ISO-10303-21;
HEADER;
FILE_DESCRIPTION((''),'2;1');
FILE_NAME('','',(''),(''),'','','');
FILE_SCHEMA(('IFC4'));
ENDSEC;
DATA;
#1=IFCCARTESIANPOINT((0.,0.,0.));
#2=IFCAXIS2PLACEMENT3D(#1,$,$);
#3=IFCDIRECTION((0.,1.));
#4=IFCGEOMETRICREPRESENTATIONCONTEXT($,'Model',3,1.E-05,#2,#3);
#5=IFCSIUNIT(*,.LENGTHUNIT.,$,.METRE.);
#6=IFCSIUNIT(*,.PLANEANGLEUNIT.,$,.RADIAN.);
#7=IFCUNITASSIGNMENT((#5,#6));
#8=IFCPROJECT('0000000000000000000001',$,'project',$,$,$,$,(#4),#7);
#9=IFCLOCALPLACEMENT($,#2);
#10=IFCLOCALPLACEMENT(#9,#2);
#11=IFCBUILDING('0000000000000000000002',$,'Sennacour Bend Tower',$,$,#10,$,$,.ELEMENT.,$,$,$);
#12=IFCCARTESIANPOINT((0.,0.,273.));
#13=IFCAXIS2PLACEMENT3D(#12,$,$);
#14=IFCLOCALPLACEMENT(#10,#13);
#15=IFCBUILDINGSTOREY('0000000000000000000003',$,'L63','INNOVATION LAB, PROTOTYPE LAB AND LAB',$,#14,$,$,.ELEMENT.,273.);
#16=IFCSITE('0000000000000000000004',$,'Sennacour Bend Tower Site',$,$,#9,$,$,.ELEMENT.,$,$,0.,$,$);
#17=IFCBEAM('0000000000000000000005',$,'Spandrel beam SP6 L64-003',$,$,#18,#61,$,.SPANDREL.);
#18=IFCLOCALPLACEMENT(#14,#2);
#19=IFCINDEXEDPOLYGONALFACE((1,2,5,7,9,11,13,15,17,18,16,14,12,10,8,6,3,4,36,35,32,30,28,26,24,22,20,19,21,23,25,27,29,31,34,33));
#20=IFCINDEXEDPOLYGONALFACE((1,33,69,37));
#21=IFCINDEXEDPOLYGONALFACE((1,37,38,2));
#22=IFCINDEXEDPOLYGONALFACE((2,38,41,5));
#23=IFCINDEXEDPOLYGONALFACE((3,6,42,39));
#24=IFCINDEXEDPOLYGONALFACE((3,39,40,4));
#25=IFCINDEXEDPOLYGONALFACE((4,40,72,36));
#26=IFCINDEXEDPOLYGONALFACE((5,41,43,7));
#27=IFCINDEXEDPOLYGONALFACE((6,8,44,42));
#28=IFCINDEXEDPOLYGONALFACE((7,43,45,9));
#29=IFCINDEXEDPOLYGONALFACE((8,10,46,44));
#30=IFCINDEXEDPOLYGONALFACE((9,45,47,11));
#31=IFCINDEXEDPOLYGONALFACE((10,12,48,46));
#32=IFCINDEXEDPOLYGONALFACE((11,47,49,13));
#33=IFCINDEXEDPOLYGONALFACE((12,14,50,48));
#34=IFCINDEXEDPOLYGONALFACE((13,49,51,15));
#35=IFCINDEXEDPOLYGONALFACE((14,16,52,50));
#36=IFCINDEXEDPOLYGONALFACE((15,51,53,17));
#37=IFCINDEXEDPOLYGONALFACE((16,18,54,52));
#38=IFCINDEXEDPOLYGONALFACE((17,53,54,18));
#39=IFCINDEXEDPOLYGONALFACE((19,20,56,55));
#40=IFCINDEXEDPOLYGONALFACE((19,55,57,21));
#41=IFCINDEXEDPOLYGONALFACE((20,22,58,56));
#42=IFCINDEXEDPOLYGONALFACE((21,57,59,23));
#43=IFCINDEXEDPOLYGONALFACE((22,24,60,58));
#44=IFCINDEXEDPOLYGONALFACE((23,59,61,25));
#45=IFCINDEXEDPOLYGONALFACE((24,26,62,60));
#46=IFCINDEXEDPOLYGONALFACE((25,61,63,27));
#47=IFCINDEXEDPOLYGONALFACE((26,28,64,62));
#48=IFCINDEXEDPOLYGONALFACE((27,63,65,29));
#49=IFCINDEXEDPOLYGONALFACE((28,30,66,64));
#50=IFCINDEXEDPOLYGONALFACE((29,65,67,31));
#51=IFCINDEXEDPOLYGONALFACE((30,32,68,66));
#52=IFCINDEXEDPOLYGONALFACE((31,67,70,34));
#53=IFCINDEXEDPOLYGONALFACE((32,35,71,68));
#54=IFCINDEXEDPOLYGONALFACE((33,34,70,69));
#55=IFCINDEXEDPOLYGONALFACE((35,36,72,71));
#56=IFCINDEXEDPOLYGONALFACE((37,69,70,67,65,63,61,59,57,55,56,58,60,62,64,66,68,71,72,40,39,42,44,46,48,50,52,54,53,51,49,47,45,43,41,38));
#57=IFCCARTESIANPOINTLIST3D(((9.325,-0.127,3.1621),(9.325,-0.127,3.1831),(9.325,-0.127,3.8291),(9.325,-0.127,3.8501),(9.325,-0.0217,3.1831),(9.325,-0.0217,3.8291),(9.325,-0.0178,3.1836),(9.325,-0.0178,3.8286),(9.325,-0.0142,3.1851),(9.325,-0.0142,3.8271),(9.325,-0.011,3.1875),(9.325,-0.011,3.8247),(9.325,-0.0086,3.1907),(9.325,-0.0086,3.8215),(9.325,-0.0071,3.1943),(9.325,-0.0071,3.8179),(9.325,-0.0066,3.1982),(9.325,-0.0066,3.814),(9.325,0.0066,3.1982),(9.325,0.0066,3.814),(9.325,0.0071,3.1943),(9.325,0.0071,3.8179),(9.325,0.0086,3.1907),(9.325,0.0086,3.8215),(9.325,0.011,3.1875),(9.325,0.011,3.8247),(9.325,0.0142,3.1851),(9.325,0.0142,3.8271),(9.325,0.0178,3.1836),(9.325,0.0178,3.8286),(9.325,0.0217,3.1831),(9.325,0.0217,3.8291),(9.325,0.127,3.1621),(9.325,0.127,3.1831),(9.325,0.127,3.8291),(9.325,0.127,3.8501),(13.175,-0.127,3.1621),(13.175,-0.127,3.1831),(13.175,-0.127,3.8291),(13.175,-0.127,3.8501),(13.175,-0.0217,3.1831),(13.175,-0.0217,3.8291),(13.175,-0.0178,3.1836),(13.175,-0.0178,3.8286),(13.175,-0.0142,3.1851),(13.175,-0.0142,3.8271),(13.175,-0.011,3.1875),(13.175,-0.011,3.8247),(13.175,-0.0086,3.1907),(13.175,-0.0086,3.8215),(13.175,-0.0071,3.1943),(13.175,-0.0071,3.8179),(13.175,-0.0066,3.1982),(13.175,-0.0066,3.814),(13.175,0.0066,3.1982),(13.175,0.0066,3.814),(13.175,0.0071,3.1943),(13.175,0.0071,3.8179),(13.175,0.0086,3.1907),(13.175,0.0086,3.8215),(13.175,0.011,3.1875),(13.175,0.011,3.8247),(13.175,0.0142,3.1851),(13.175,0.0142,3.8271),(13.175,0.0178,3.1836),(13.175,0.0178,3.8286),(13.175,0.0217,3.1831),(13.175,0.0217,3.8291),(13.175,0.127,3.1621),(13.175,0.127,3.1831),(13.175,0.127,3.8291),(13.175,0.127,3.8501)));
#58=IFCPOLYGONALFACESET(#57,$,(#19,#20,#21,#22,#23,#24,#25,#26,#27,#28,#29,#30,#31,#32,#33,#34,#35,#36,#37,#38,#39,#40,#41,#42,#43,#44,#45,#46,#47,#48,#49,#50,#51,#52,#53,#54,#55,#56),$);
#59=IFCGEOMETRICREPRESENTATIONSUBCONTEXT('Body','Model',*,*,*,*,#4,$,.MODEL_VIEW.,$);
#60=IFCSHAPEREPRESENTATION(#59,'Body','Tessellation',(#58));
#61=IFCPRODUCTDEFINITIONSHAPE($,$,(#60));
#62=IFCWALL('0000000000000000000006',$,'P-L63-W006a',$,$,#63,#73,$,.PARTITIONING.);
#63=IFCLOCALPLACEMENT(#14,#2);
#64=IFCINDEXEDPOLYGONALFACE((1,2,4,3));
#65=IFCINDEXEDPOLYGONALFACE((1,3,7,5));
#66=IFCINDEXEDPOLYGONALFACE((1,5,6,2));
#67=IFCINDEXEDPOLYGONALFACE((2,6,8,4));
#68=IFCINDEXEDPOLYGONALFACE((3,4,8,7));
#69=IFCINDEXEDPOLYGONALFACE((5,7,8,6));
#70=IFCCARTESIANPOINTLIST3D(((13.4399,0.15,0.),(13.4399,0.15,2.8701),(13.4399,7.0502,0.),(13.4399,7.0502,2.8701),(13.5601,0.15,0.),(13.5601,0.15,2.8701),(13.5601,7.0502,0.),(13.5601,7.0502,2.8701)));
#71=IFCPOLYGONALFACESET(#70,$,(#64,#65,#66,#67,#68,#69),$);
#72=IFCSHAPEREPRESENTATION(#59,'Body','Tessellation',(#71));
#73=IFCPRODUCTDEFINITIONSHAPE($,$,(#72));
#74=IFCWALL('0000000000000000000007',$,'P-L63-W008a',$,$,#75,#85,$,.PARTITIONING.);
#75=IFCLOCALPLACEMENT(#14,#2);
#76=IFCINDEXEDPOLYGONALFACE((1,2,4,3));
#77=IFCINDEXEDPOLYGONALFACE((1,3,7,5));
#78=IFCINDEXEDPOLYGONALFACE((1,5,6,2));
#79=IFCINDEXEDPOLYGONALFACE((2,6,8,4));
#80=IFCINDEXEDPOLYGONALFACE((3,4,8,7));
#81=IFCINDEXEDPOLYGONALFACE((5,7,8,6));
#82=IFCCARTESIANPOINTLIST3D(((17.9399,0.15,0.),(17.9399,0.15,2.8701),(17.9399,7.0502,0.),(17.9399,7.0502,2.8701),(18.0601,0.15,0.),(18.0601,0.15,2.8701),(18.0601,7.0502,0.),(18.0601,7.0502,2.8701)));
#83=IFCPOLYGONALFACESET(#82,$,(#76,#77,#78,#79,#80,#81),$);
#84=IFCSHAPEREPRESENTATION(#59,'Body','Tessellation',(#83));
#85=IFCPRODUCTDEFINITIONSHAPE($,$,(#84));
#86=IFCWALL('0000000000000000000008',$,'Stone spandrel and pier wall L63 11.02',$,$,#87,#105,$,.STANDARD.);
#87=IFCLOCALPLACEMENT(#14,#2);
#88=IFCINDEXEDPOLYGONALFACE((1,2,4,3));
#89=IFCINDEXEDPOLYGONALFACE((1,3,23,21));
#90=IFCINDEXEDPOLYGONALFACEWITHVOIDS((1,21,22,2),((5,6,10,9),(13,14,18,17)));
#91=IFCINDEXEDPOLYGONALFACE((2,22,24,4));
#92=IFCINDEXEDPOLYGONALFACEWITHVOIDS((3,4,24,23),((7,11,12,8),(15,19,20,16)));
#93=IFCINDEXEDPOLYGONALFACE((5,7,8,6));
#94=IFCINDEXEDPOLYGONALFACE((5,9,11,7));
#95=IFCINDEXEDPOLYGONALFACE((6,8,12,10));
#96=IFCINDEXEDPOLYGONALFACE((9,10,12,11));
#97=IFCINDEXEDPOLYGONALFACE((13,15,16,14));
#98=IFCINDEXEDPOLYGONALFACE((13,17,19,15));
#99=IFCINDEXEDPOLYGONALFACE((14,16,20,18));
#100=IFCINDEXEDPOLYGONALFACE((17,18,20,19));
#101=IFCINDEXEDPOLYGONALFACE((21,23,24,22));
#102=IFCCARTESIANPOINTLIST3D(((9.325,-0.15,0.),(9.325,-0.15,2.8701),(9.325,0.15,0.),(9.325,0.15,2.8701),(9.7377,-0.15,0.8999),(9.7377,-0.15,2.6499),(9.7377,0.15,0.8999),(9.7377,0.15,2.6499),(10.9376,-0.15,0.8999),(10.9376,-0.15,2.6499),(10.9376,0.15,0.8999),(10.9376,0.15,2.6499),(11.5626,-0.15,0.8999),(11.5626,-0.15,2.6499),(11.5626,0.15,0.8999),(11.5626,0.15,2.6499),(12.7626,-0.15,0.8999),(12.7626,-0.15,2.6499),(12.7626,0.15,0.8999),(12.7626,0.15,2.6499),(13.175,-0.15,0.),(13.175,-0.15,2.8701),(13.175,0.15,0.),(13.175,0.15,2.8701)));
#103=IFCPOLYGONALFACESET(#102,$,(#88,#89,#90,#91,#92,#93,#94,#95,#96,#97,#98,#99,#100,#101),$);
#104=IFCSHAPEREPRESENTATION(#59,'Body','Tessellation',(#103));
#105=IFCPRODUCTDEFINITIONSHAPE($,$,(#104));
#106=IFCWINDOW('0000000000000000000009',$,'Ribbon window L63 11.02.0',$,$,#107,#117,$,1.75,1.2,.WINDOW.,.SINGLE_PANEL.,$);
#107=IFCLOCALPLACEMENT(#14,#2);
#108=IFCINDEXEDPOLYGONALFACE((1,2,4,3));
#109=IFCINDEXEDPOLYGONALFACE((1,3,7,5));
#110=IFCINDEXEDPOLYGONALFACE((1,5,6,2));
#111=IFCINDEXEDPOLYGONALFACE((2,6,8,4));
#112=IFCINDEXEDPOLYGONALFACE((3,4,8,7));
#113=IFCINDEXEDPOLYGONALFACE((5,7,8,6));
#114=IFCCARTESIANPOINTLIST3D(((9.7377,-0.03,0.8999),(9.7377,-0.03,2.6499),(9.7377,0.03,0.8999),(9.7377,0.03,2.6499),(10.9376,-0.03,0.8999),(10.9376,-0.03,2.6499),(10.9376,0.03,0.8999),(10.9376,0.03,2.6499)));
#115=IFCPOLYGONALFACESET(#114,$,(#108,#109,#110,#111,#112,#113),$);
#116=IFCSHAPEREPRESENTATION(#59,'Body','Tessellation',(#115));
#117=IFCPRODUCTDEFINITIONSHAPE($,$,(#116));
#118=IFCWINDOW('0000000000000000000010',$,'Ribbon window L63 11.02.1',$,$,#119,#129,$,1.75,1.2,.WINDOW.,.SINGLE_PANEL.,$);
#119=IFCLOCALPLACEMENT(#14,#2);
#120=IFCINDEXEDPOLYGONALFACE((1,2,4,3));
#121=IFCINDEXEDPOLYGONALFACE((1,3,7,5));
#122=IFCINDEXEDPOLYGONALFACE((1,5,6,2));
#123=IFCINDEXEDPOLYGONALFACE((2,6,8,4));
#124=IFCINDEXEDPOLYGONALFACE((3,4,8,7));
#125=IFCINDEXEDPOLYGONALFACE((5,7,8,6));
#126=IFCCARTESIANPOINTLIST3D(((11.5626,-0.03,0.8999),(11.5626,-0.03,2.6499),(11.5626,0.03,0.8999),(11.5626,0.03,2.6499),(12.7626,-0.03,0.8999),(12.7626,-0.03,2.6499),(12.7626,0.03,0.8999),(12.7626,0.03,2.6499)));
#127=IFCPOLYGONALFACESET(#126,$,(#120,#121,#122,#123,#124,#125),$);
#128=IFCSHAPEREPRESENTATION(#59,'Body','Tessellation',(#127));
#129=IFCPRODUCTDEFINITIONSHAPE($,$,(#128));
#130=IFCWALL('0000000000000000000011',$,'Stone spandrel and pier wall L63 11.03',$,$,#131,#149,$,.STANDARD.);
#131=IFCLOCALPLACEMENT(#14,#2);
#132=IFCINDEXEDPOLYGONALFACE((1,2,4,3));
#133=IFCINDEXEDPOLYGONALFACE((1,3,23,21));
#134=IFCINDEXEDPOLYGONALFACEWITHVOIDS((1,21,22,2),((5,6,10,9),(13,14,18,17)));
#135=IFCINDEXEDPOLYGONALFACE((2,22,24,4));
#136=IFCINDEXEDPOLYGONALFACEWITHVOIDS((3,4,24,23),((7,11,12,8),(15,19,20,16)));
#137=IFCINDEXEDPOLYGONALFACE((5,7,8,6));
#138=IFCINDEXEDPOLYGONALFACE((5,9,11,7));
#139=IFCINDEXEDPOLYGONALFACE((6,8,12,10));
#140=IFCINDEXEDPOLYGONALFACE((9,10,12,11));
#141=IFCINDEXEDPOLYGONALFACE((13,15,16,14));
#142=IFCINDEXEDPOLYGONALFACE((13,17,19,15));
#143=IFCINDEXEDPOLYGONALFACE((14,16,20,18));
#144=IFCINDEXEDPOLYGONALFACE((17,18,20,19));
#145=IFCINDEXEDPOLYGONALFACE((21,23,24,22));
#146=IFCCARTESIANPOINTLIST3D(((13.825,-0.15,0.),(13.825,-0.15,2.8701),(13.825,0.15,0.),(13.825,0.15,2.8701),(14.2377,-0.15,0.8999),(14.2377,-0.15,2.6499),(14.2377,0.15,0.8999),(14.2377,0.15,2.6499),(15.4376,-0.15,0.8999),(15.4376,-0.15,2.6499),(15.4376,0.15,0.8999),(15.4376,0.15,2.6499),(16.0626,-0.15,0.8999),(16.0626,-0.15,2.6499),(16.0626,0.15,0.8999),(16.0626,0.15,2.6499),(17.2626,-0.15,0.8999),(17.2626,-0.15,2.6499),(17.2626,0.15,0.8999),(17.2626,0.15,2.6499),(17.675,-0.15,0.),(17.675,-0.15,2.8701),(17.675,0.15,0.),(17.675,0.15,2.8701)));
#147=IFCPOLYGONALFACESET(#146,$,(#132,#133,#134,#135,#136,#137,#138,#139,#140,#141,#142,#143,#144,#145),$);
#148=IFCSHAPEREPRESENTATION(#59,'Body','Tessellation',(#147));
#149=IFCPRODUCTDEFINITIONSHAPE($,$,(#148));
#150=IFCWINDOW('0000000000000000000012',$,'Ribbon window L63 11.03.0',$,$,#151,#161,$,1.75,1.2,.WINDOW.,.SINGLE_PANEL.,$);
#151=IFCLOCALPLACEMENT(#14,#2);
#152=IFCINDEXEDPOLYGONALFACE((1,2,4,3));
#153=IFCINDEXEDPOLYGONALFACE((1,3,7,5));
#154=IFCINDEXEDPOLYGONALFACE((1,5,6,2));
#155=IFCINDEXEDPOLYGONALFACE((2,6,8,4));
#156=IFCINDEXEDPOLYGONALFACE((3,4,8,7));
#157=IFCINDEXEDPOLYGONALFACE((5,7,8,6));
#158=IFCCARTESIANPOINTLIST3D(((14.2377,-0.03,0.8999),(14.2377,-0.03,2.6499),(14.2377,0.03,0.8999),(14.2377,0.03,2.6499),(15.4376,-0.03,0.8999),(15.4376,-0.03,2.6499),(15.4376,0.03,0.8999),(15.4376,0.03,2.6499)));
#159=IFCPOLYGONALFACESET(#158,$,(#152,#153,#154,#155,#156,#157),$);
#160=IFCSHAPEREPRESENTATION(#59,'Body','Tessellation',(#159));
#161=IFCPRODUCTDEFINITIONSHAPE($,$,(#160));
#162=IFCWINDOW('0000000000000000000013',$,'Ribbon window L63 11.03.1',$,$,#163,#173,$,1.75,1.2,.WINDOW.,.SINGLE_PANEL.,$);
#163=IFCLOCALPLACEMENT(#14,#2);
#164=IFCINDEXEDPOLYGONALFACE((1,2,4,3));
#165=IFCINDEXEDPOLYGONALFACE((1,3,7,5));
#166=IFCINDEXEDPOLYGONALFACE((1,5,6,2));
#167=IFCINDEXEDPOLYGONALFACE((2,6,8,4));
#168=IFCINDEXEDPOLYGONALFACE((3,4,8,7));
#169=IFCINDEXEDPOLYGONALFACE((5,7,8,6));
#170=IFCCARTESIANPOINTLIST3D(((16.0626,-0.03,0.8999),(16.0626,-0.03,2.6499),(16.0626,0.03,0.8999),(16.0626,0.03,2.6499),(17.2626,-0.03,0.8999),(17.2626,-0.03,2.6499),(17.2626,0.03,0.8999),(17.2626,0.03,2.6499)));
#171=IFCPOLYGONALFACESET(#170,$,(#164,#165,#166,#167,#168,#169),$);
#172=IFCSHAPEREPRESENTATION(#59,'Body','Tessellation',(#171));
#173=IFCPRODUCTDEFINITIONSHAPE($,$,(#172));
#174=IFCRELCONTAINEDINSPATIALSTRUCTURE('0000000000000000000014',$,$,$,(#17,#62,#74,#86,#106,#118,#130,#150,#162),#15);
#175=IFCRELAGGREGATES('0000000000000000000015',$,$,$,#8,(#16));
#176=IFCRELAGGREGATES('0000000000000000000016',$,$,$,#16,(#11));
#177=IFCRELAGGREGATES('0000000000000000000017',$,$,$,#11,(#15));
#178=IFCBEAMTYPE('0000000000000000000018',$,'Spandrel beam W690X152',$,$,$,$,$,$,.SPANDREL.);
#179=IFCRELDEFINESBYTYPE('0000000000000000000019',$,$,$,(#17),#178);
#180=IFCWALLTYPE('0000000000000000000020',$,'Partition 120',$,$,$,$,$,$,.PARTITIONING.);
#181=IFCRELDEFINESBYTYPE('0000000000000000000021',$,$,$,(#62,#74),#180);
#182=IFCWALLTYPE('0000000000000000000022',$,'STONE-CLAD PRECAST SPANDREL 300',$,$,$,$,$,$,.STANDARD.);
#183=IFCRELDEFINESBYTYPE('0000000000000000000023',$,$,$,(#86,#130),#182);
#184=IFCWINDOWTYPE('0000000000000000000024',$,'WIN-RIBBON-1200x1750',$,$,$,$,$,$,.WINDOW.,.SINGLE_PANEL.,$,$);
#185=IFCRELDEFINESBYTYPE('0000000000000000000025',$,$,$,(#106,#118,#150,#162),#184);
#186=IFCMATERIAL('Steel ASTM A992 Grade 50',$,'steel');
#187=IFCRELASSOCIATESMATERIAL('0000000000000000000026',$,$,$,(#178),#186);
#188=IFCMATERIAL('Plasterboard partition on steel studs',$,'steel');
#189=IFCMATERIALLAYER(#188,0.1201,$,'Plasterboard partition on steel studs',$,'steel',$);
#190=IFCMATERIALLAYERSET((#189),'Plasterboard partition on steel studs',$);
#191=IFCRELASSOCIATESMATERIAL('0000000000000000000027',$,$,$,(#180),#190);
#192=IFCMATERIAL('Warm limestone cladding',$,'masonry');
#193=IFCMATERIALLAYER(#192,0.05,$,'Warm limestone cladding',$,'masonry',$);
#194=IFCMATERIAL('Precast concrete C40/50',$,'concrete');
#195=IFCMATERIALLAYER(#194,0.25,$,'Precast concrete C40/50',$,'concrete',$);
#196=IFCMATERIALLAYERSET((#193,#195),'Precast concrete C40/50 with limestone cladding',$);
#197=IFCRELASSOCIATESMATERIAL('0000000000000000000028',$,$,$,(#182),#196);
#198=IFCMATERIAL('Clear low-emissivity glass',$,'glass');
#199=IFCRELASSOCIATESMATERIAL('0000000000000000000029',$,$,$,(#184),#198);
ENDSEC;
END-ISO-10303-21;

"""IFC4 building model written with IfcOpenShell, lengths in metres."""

from ifc_helpers import new_model, si_unit, direction, frame, frame_2d, origin, origin_2d, place, context, subcontext, project, spatial, rectangle, i_section, extrude, material, layer, layer_set, material_profile, profile_set, type_object, element, fill, save


model = new_model("IFC4")

# Units and contexts
model_context = context("Model", 3, precision=1e-05, world=origin(), true_north=direction((0.0, 1.0)))
body_context = subcontext(model_context, "Body", "Model", "MODEL_VIEW")
ifc_project = project(units=[si_unit("LENGTHUNIT", "METRE"), si_unit("PLANEANGLEUNIT", "RADIAN")], contexts=[model_context])

# Site, building, storey
site_placement = place(None, origin())
site = spatial("IfcSite", under=ifc_project, at=site_placement, Name="Sennacour Bend Tower Site", CompositionType="ELEMENT", RefElevation=0.0)
building_placement = place(site_placement, origin())
building = spatial("IfcBuilding", under=site, at=building_placement, Name="Sennacour Bend Tower", CompositionType="ELEMENT")
storey_placement = place(building_placement, frame((0.0, 0.0, 273.0)))
storey = spatial("IfcBuildingStorey", under=building, at=storey_placement, Name="L63", Description="INNOVATION LAB, PROTOTYPE LAB AND LAB", CompositionType="ELEMENT", Elevation=273.0)

# Beam
ifc_material_1 = material(Name="Steel ASTM A992 Grade 50", Category="steel")
ifc_material_profile_1 = material_profile(ifc_material_1, i_section(OverallWidth=0.2539, OverallDepth=0.688, WebThickness=0.0132, FlangeThickness=0.021, FilletRadius=0.0151, at=origin_2d()), Name="Steel ASTM A992 Grade 50", Category="steel")
ifc_profile_set_1 = profile_set([ifc_material_profile_1], Name="Steel ASTM A992 Grade 50")
beam_type_1 = type_object("IfcBeamType", Name="Spandrel beam W690X152", PredefinedType="SPANDREL", material=ifc_profile_set_1)
for number, where, z_axis, x_axis, name in (
    (1, (13.175, 0.0, 3.5061), (-1.0, 0.0, 0.0), (0.0, -1.0, 0.0), "Spandrel beam SP6 L64-003"),
):
    element("IfcBeam", number, at=place(storey_placement, frame(where, z_axis=z_axis, x_axis=x_axis)), inside=storey, type_object=beam_type_1, Name=name, PredefinedType="SPANDREL", context=body_context, shape_type="SweptSolid", body=[
        extrude(i_section(OverallWidth=0.2539, OverallDepth=0.688, WebThickness=0.0132, FlangeThickness=0.021, FilletRadius=0.0151, at=origin_2d()), origin(), (0.0, 0.0, 1.0), 3.8501),
    ])

# Walls
ifc_material_2 = material(Name="Plasterboard partition on steel studs", Category="steel")
ifc_layer_1 = layer(ifc_material_2, 0.1201, Name="Plasterboard partition on steel studs", Category="steel")
ifc_layer_set_1 = layer_set([ifc_layer_1], Name="Plasterboard partition on steel studs")
wall_type_1 = type_object("IfcWallType", Name="Partition 120", PredefinedType="PARTITIONING", material=ifc_layer_set_1)
for number, where, z_axis, x_axis, name in (
    (2, (13.5, 0.1499, 0.0), (0.0, 0.0, 1.0), (0.0, 1.0, 0.0), "P-L63-W006a"),
    (3, (18.0, 0.1499, 0.0), (0.0, 0.0, 1.0), (0.0, 1.0, 0.0), "P-L63-W008a"),
):
    element("IfcWall", number, at=place(storey_placement, frame(where, z_axis=z_axis, x_axis=x_axis)), inside=storey, type_object=wall_type_1, Name=name, PredefinedType="PARTITIONING", context=body_context, shape_type="SweptSolid", body=[
        extrude(rectangle(XDim=6.9001, YDim=0.1201, at=frame_2d((3.4502, 0.0))), origin(), (0.0, 0.0, 1.0), 2.8701),
    ])

# Walls, openings, windows
ifc_material_3 = material(Name="Warm limestone cladding", Category="masonry")
ifc_layer_2 = layer(ifc_material_3, 0.05, Name="Warm limestone cladding", Category="masonry")
ifc_material_4 = material(Name="Precast concrete C40/50", Category="concrete")
ifc_layer_3 = layer(ifc_material_4, 0.25, Name="Precast concrete C40/50", Category="concrete")
ifc_layer_set_2 = layer_set([ifc_layer_2, ifc_layer_3], Name="Precast concrete C40/50 with limestone cladding")
wall_type_2 = type_object("IfcWallType", Name="STONE-CLAD PRECAST SPANDREL 300", PredefinedType="STANDARD", material=ifc_layer_set_2)
wall_1_placement = place(storey_placement, frame((9.325, 0.0, 0.0), z_axis=(0.0, 0.0, 1.0), x_axis=(1.0, 0.0, 0.0)))
wall_1 = element("IfcWall", 4, at=wall_1_placement, inside=storey, type_object=wall_type_2, Name="Stone spandrel and pier wall L63 11.02", PredefinedType="STANDARD", context=body_context, shape_type="SweptSolid", body=[
    extrude(rectangle(XDim=3.8501, YDim=0.3, at=frame_2d((1.925, 0.0))), origin(), (0.0, 0.0, 1.0), 2.8701),
])
opening_1_placement = place(wall_1_placement, frame((0.4126, 0.0, 0.8999)))
opening_1 = element("IfcOpeningElement", 5, at=opening_1_placement, cuts=wall_1, PredefinedType="OPENING", context=body_context, shape_type="SweptSolid", body=[
    extrude(rectangle(XDim=1.2, YDim=1.75, at=frame_2d((0.6001, 0.875))), frame((0.0, 0.1602, 0.0), z_axis=(0.0, -1.0, 0.0), x_axis=(1.0, 0.0, 0.0)), (0.0, 0.0, 1.0), 0.3201),
])
opening_2_placement = place(wall_1_placement, frame((2.2375, 0.0, 0.8999)))
opening_2 = element("IfcOpeningElement", 6, at=opening_2_placement, cuts=wall_1, PredefinedType="OPENING", context=body_context, shape_type="SweptSolid", body=[
    extrude(rectangle(XDim=1.2, YDim=1.75, at=frame_2d((0.6001, 0.875))), frame((0.0, 0.1602, 0.0), z_axis=(0.0, -1.0, 0.0), x_axis=(1.0, 0.0, 0.0)), (0.0, 0.0, 1.0), 0.3201),
])
ifc_material_5 = material(Name="Clear low-emissivity glass", Category="glass")
window_type = type_object("IfcWindowType", Name="WIN-RIBBON-1200x1750", PartitioningType="SINGLE_PANEL", PredefinedType="WINDOW", material=ifc_material_5)
window_1_placement = place(opening_1_placement, origin())
window_1 = element("IfcWindow", 7, at=window_1_placement, inside=storey, type_object=window_type, Name="Ribbon window L63 11.02.0", OverallHeight=1.75, OverallWidth=1.2, PartitioningType="SINGLE_PANEL", PredefinedType="WINDOW", context=body_context, shape_type="SweptSolid", body=[
    extrude(rectangle(XDim=1.2, YDim=1.75, at=frame_2d((0.6001, 0.875))), frame((0.0, 0.03, 0.0), z_axis=(0.0, -1.0, 0.0), x_axis=(1.0, 0.0, 0.0)), (0.0, 0.0, 1.0), 0.0601),
])
fill(opening_1, window_1)
window_2_placement = place(opening_2_placement, origin())
window_2 = element("IfcWindow", 8, at=window_2_placement, inside=storey, type_object=window_type, Name="Ribbon window L63 11.02.1", OverallHeight=1.75, OverallWidth=1.2, PartitioningType="SINGLE_PANEL", PredefinedType="WINDOW", context=body_context, shape_type="SweptSolid", body=[
    extrude(rectangle(XDim=1.2, YDim=1.75, at=frame_2d((0.6001, 0.875))), frame((0.0, 0.03, 0.0), z_axis=(0.0, -1.0, 0.0), x_axis=(1.0, 0.0, 0.0)), (0.0, 0.0, 1.0), 0.0601),
])
fill(opening_2, window_2)
wall_2_placement = place(storey_placement, frame((13.825, 0.0, 0.0), z_axis=(0.0, 0.0, 1.0), x_axis=(1.0, 0.0, 0.0)))
wall_2 = element("IfcWall", 9, at=wall_2_placement, inside=storey, type_object=wall_type_2, Name="Stone spandrel and pier wall L63 11.03", PredefinedType="STANDARD", context=body_context, shape_type="SweptSolid", body=[
    extrude(rectangle(XDim=3.8501, YDim=0.3, at=frame_2d((1.925, 0.0))), origin(), (0.0, 0.0, 1.0), 2.8701),
])
opening_3_placement = place(wall_2_placement, frame((0.4126, 0.0, 0.8999)))
opening_3 = element("IfcOpeningElement", 10, at=opening_3_placement, cuts=wall_2, PredefinedType="OPENING", context=body_context, shape_type="SweptSolid", body=[
    extrude(rectangle(XDim=1.2, YDim=1.75, at=frame_2d((0.6001, 0.875))), frame((0.0, 0.1602, 0.0), z_axis=(0.0, -1.0, 0.0), x_axis=(1.0, 0.0, 0.0)), (0.0, 0.0, 1.0), 0.3201),
])
opening_4_placement = place(wall_2_placement, frame((2.2375, 0.0, 0.8999)))
opening_4 = element("IfcOpeningElement", 11, at=opening_4_placement, cuts=wall_2, PredefinedType="OPENING", context=body_context, shape_type="SweptSolid", body=[
    extrude(rectangle(XDim=1.2, YDim=1.75, at=frame_2d((0.6001, 0.875))), frame((0.0, 0.1602, 0.0), z_axis=(0.0, -1.0, 0.0), x_axis=(1.0, 0.0, 0.0)), (0.0, 0.0, 1.0), 0.3201),
])
window_3_placement = place(opening_3_placement, origin())
window_3 = element("IfcWindow", 12, at=window_3_placement, inside=storey, type_object=window_type, Name="Ribbon window L63 11.03.0", OverallHeight=1.75, OverallWidth=1.2, PartitioningType="SINGLE_PANEL", PredefinedType="WINDOW", context=body_context, shape_type="SweptSolid", body=[
    extrude(rectangle(XDim=1.2, YDim=1.75, at=frame_2d((0.6001, 0.875))), frame((0.0, 0.03, 0.0), z_axis=(0.0, -1.0, 0.0), x_axis=(1.0, 0.0, 0.0)), (0.0, 0.0, 1.0), 0.0601),
])
fill(opening_3, window_3)
window_4_placement = place(opening_4_placement, origin())
window_4 = element("IfcWindow", 13, at=window_4_placement, inside=storey, type_object=window_type, Name="Ribbon window L63 11.03.1", OverallHeight=1.75, OverallWidth=1.2, PartitioningType="SINGLE_PANEL", PredefinedType="WINDOW", context=body_context, shape_type="SweptSolid", body=[
    extrude(rectangle(XDim=1.2, YDim=1.75, at=frame_2d((0.6001, 0.875))), frame((0.0, 0.03, 0.0), z_axis=(0.0, -1.0, 0.0), x_axis=(1.0, 0.0, 0.0)), (0.0, 0.0, 1.0), 0.0601),
])
fill(opening_4, window_4)

save(model, "model.ifc")
